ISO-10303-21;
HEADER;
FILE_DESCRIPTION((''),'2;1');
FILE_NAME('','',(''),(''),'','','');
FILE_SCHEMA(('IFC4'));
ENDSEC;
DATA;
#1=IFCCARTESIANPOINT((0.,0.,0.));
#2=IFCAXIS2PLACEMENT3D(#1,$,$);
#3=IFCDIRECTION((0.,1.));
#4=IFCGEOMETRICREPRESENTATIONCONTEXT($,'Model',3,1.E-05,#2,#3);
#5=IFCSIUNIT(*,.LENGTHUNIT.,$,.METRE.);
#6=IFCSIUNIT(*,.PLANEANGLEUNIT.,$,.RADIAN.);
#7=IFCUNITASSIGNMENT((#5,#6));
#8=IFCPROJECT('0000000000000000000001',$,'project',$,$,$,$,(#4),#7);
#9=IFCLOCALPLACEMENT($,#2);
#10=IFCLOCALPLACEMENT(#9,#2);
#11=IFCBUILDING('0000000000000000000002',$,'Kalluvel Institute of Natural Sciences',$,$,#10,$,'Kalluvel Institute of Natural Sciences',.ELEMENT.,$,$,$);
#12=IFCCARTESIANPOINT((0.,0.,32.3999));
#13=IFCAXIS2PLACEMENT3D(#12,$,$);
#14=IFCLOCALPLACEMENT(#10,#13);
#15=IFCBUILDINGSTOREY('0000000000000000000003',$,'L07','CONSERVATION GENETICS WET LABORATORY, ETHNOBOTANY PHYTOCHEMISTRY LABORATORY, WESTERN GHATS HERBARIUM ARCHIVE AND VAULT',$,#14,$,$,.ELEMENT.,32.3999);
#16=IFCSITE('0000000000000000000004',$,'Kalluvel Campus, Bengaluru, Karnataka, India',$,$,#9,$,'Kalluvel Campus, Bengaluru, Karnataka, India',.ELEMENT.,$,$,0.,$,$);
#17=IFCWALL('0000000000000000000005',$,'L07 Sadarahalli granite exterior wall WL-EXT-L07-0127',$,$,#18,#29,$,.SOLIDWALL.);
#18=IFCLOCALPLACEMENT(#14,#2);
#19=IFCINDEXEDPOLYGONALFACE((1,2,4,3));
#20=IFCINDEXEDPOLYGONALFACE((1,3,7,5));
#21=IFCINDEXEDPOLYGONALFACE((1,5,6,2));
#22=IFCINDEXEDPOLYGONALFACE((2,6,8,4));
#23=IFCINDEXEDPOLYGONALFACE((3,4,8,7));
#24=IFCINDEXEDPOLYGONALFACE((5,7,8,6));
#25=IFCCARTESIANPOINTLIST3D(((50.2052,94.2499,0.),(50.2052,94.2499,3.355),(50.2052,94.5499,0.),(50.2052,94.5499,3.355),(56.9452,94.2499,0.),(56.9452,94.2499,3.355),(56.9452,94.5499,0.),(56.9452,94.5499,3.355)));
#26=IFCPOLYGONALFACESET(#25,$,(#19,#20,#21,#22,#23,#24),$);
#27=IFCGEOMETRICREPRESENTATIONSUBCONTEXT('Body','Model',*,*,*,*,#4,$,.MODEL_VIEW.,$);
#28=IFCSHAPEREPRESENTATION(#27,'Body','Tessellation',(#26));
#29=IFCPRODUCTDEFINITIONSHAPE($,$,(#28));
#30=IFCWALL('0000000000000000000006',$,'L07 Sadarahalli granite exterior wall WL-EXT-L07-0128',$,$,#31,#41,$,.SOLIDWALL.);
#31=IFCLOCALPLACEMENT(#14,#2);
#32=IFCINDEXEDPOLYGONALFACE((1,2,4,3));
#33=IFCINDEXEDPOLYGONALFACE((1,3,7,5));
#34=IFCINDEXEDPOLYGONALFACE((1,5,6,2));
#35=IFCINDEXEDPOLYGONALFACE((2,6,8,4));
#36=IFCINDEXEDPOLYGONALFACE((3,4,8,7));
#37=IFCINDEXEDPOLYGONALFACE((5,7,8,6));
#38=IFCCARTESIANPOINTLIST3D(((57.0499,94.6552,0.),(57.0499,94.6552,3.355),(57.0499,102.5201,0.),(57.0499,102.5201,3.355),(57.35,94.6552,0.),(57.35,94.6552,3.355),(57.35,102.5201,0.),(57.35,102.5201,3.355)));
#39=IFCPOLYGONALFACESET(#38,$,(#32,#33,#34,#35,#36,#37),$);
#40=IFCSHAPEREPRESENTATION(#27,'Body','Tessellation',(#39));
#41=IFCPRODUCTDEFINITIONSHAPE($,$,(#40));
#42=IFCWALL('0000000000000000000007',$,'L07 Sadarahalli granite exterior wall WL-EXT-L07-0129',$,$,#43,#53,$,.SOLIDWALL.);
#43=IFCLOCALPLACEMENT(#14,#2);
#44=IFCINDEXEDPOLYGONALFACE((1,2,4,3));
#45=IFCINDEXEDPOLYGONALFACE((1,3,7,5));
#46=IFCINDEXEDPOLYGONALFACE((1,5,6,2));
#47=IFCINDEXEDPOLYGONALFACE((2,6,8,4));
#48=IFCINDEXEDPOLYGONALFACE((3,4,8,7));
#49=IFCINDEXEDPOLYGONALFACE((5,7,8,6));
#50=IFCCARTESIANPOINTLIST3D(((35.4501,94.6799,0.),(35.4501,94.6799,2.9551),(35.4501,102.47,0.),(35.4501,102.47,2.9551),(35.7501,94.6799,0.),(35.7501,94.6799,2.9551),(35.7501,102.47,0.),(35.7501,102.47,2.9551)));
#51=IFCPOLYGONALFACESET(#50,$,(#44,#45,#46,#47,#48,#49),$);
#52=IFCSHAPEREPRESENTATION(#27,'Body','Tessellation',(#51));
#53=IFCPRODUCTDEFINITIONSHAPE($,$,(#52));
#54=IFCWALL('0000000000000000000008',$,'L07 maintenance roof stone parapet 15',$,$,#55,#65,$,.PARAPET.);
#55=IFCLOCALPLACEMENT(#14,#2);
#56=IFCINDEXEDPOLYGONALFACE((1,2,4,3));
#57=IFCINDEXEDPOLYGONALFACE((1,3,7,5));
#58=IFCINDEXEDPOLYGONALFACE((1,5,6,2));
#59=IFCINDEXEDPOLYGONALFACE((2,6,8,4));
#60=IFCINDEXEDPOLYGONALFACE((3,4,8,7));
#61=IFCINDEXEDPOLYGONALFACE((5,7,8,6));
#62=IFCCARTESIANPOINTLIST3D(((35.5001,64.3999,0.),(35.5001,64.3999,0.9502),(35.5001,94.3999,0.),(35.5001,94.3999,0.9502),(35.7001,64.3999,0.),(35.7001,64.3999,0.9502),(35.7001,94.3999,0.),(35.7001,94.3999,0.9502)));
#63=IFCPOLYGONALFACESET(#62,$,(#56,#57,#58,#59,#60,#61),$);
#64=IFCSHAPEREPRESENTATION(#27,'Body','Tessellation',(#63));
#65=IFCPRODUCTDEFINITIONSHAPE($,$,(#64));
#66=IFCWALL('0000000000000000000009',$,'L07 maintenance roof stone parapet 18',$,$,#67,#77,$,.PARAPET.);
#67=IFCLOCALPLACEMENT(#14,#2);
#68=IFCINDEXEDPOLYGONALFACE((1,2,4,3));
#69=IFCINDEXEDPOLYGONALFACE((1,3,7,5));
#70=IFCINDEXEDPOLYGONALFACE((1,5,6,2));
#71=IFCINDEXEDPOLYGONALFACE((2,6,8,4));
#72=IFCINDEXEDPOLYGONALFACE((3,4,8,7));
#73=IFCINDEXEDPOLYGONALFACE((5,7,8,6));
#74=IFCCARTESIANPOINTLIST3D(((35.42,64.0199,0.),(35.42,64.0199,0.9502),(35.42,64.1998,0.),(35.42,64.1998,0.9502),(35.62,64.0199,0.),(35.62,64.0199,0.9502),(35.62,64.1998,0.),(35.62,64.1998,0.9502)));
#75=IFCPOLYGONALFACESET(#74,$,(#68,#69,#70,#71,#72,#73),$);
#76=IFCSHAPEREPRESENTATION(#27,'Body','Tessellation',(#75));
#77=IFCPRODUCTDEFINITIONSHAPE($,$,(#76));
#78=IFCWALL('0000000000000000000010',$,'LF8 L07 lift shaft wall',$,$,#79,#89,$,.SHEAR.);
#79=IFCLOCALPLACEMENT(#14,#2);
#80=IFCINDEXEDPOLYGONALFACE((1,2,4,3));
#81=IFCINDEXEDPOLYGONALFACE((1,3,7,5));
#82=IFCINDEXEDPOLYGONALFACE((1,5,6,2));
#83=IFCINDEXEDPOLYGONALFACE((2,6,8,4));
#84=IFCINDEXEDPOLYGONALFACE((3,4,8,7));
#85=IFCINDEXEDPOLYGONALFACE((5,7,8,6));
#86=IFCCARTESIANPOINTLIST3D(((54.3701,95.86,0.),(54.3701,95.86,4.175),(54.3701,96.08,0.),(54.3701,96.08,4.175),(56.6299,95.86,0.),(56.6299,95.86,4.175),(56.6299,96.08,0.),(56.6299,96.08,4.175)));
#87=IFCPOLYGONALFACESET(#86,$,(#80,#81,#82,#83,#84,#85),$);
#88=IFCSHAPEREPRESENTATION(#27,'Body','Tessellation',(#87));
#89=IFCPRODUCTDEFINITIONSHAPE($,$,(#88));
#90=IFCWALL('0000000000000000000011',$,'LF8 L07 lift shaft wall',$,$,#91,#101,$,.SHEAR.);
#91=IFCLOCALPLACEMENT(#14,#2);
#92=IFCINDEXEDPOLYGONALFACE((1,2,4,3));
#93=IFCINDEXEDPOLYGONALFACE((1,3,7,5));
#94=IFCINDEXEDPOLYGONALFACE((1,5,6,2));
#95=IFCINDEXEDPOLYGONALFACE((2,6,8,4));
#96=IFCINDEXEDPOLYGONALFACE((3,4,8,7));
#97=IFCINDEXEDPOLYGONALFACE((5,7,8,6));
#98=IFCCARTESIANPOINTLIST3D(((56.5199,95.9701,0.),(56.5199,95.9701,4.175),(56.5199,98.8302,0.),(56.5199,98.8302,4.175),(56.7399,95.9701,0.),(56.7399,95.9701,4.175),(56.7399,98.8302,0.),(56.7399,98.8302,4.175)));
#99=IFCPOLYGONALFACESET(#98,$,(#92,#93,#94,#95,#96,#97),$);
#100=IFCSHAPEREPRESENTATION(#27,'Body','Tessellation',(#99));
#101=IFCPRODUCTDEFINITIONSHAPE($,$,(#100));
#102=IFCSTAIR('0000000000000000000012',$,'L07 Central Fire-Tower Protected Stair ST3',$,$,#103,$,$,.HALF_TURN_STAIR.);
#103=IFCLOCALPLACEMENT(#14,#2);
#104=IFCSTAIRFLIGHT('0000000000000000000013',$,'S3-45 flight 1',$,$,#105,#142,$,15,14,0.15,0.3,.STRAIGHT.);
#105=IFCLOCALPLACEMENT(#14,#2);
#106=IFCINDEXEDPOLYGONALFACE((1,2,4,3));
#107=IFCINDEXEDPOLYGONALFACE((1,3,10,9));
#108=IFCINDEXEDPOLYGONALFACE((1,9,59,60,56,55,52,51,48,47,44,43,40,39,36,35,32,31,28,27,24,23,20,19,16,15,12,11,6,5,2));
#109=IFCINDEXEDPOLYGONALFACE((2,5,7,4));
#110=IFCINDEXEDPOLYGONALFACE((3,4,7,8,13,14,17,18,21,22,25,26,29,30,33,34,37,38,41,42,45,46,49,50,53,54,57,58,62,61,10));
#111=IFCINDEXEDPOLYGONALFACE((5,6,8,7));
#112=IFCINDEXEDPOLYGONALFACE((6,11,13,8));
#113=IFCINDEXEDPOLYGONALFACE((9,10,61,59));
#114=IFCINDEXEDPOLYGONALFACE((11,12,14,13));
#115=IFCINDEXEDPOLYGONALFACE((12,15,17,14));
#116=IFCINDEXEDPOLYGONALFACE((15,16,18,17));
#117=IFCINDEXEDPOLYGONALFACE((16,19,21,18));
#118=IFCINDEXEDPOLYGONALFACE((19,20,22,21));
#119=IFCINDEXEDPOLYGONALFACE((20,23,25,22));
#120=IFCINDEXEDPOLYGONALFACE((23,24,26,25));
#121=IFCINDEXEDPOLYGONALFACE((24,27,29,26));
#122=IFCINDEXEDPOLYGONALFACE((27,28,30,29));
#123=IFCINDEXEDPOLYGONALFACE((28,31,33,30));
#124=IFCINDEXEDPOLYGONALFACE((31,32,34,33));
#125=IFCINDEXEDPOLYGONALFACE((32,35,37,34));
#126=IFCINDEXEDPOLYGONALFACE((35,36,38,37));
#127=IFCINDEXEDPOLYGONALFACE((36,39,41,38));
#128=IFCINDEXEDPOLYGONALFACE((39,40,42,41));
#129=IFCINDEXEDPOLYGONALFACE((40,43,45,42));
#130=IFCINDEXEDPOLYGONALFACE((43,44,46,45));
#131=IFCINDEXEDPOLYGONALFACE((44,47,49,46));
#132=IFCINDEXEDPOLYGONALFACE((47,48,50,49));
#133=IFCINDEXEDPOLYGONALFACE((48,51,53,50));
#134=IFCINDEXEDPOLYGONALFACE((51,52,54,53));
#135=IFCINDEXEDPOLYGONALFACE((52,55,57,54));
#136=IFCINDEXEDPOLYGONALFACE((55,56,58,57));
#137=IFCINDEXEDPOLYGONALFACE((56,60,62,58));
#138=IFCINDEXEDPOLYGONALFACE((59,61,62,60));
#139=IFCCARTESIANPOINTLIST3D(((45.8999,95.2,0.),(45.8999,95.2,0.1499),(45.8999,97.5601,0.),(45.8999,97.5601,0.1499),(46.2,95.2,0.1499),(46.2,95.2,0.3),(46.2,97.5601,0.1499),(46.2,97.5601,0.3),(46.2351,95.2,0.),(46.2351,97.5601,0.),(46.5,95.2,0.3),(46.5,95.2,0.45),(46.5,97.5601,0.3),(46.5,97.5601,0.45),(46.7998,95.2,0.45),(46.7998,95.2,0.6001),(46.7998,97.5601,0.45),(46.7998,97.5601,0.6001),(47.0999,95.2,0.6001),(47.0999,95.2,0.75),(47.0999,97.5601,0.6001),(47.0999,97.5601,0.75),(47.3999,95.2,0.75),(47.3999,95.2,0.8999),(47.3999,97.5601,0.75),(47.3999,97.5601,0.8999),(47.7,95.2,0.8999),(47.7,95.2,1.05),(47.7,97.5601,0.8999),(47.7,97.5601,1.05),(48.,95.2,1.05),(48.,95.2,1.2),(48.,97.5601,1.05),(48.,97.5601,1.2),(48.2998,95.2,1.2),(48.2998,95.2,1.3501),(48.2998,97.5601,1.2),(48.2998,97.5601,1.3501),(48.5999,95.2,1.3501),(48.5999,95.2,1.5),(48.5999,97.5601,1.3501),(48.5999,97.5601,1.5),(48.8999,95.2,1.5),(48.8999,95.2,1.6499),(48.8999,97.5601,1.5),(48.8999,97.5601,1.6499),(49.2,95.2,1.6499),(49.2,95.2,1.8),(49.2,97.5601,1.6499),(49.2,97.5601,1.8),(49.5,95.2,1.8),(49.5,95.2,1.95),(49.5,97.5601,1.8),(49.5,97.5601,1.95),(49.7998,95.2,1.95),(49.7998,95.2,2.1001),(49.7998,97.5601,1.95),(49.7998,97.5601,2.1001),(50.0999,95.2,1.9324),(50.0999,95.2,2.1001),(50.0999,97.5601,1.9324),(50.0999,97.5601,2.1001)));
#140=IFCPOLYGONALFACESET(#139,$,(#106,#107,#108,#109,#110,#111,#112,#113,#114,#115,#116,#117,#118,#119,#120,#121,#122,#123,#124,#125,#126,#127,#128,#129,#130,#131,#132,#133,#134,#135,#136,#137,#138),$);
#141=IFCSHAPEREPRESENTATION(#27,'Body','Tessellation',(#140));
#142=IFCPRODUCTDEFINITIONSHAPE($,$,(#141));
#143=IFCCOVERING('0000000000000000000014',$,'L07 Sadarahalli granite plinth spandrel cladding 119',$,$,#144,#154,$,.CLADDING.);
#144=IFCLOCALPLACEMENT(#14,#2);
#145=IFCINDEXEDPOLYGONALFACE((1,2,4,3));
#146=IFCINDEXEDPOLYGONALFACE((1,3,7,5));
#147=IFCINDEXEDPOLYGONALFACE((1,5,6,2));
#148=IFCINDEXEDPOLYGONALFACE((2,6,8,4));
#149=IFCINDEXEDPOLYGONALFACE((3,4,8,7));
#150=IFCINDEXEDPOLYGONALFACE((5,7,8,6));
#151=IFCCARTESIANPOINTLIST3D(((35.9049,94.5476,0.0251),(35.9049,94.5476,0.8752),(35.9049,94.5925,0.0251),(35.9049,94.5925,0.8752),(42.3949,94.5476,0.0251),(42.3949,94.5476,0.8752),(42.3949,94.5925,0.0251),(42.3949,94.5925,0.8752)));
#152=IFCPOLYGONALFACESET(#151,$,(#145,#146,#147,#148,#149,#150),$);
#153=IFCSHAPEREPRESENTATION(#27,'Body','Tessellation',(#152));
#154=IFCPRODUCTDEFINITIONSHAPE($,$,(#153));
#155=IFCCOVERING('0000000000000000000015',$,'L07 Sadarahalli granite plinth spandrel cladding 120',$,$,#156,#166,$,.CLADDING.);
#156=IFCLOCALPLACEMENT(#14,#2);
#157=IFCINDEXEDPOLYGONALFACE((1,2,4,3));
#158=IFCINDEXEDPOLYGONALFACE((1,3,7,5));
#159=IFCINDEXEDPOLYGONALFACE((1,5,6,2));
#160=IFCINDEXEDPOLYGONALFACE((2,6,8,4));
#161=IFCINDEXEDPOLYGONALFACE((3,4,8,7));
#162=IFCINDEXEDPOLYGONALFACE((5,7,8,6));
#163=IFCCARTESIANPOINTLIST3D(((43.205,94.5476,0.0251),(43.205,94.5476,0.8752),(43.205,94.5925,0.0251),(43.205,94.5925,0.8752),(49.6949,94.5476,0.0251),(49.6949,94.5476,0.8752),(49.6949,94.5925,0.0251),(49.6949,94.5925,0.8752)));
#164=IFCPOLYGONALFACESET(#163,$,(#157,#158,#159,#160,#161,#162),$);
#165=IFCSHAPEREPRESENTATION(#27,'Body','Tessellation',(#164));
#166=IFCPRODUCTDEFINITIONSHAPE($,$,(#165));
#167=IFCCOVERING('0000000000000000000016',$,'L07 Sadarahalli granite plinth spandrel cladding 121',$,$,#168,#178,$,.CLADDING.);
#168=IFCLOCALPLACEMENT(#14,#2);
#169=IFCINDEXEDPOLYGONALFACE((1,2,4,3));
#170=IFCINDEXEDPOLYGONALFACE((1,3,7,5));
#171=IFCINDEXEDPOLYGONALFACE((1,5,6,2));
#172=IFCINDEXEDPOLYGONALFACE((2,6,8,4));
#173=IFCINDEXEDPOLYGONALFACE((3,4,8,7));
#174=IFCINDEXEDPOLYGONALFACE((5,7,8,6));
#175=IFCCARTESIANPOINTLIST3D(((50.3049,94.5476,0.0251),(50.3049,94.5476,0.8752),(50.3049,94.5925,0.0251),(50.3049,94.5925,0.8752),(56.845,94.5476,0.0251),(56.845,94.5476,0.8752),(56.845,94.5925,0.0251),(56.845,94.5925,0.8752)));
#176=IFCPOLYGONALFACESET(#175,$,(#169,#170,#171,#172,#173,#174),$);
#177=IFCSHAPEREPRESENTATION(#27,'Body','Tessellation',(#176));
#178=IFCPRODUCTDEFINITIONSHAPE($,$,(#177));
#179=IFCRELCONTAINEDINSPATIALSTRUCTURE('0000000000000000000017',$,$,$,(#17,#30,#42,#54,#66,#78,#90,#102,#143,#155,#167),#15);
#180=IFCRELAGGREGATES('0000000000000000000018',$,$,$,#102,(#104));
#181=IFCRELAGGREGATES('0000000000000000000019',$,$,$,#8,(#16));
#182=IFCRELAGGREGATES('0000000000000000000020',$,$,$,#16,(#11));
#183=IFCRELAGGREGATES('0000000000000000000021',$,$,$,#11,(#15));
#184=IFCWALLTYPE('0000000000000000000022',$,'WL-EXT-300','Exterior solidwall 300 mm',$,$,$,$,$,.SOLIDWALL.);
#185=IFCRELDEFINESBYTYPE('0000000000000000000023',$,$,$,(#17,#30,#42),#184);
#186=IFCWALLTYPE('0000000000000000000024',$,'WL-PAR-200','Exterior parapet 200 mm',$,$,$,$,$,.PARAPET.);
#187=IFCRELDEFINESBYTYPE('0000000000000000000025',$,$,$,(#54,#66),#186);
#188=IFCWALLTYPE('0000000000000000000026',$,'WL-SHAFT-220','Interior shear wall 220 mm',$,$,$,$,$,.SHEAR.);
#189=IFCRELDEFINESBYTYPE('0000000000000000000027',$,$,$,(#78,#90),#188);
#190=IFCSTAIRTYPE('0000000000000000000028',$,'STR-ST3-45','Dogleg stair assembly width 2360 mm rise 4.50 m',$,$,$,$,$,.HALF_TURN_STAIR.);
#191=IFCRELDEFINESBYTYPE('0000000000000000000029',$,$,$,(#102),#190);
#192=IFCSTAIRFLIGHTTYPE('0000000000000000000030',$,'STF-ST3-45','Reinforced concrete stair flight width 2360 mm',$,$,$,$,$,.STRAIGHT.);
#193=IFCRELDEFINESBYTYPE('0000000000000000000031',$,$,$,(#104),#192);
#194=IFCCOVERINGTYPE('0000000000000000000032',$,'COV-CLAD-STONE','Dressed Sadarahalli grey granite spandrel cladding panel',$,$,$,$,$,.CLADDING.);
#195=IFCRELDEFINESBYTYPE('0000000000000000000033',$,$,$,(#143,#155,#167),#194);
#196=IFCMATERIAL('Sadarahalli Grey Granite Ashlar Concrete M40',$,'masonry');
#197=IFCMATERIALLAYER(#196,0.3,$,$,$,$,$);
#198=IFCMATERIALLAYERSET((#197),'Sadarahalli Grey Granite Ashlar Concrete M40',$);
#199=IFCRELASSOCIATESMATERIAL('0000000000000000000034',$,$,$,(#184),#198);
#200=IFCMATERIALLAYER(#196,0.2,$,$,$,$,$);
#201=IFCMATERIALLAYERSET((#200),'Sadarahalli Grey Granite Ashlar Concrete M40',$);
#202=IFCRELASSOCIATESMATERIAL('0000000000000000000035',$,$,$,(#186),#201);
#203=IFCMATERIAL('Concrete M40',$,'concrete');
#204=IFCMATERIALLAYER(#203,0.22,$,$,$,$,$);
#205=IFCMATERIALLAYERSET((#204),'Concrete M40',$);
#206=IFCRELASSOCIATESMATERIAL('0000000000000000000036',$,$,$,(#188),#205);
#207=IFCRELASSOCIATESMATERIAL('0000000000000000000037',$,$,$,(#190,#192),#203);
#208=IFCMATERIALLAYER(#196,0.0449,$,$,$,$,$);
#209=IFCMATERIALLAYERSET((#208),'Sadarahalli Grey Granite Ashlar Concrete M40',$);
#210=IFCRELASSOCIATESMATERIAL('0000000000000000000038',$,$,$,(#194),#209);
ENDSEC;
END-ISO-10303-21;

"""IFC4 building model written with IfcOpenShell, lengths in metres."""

from ifc_helpers import new_model, si_unit, direction, frame, frame_2d, origin, origin_2d, place, context, subcontext, project, spatial, polyline, rectangle, outline, extrude, material, layer, layer_set, type_object, element, aggregate, save


model = new_model("IFC4")

# Units and contexts
model_context = context("Model", 3, precision=1e-05, world=origin(), true_north=direction((0.0, 1.0)))
body_context = subcontext(model_context, "Body", "Model", "MODEL_VIEW")
ifc_project = project(units=[si_unit("LENGTHUNIT", "METRE"), si_unit("PLANEANGLEUNIT", "RADIAN")], contexts=[model_context])

# Site, building, storey
site_placement = place(None, origin())
site = spatial("IfcSite", under=ifc_project, at=site_placement, Name="Kalluvel Campus, Bengaluru, Karnataka, India", LongName="Kalluvel Campus, Bengaluru, Karnataka, India", CompositionType="ELEMENT", RefElevation=0.0)
building_placement = place(site_placement, origin())
building = spatial("IfcBuilding", under=site, at=building_placement, Name="Kalluvel Institute of Natural Sciences", LongName="Kalluvel Institute of Natural Sciences", CompositionType="ELEMENT")
storey_placement = place(building_placement, frame((0.0, 0.0, 32.3999)))
storey = spatial("IfcBuildingStorey", under=building, at=storey_placement, Name="L07", Description="CONSERVATION GENETICS WET LABORATORY, ETHNOBOTANY PHYTOCHEMISTRY LABORATORY, WESTERN GHATS HERBARIUM ARCHIVE AND VAULT", CompositionType="ELEMENT", Elevation=32.3999)

# Shared definitions
ifc_material_1 = material(Name="Concrete M40", Category="concrete")

# Walls
ifc_material_2 = material(Name="Sadarahalli Grey Granite Ashlar Concrete M40", Category="masonry")
ifc_layer_1 = layer(ifc_material_2, 0.3)
ifc_layer_set_1 = layer_set([ifc_layer_1], Name="Sadarahalli Grey Granite Ashlar Concrete M40")
wall_type_1 = type_object("IfcWallType", Name="WL-EXT-300", Description="Exterior solidwall 300 mm", PredefinedType="SOLIDWALL", material=ifc_layer_set_1)
wall_1_placement = place(storey_placement, frame((50.2051, 94.3999, 0.0), z_axis=(0.0, 0.0, 1.0), x_axis=(1.0, 0.0, 0.0)))
element("IfcWall", 1, at=wall_1_placement, inside=storey, type_object=wall_type_1, Name="L07 Sadarahalli granite exterior wall WL-EXT-L07-0127", PredefinedType="SOLIDWALL", context=body_context, shape_type="SweptSolid", body=[
    extrude(rectangle(XDim=6.74, YDim=0.3, at=frame_2d((3.3701, 0.0))), origin(), (0.0, 0.0, 1.0), 3.355),
])
wall_2_placement = place(storey_placement, frame((57.2, 94.655, 0.0), z_axis=(0.0, 0.0, 1.0), x_axis=(0.0, 1.0, 0.0)))
element("IfcWall", 2, at=wall_2_placement, inside=storey, type_object=wall_type_1, Name="L07 Sadarahalli granite exterior wall WL-EXT-L07-0128", PredefinedType="SOLIDWALL", context=body_context, shape_type="SweptSolid", body=[
    extrude(rectangle(XDim=7.865, YDim=0.3, at=frame_2d((3.9326, 0.0))), origin(), (0.0, 0.0, 1.0), 3.355),
])
wall_3_placement = place(storey_placement, frame((35.6001, 94.6799, 0.0), z_axis=(0.0, 0.0, 1.0), x_axis=(0.0, 1.0, 0.0)))
element("IfcWall", 3, at=wall_3_placement, inside=storey, type_object=wall_type_1, Name="L07 Sadarahalli granite exterior wall WL-EXT-L07-0129", PredefinedType="SOLIDWALL", context=body_context, shape_type="SweptSolid", body=[
    extrude(rectangle(XDim=7.79, YDim=0.3, at=frame_2d((3.895, 0.0))), origin(), (0.0, 0.0, 1.0), 2.9551),
])
ifc_layer_2 = layer(ifc_material_2, 0.2)
ifc_layer_set_2 = layer_set([ifc_layer_2], Name="Sadarahalli Grey Granite Ashlar Concrete M40")
wall_type_2 = type_object("IfcWallType", Name="WL-PAR-200", Description="Exterior parapet 200 mm", PredefinedType="PARAPET", material=ifc_layer_set_2)
wall_4_placement = place(storey_placement, frame((35.6001, 64.3999, 0.0), z_axis=(0.0, 0.0, 1.0), x_axis=(0.0, 1.0, 0.0)))
element("IfcWall", 4, at=wall_4_placement, inside=storey, type_object=wall_type_2, Name="L07 maintenance roof stone parapet 15", PredefinedType="PARAPET", context=body_context, shape_type="SweptSolid", body=[
    extrude(rectangle(XDim=30.0, YDim=0.2, at=frame_2d((15.0, 0.0))), origin(), (0.0, 0.0, 1.0), 0.9502),
])
wall_5_placement = place(storey_placement, frame((35.52, 64.02, 0.0), z_axis=(0.0, 0.0, 1.0), x_axis=(0.0, 1.0, 0.0)))
element("IfcWall", 5, at=wall_5_placement, inside=storey, type_object=wall_type_2, Name="L07 maintenance roof stone parapet 18", PredefinedType="PARAPET", context=body_context, shape_type="SweptSolid", body=[
    extrude(rectangle(XDim=0.1799, YDim=0.2, at=frame_2d((0.0898, 0.0))), origin(), (0.0, 0.0, 1.0), 0.9502),
])
ifc_layer_3 = layer(ifc_material_1, 0.22)
ifc_layer_set_3 = layer_set([ifc_layer_3], Name="Concrete M40")
wall_type_3 = type_object("IfcWallType", Name="WL-SHAFT-220", Description="Interior shear wall 220 mm", PredefinedType="SHEAR", material=ifc_layer_set_3)
wall_6_placement = place(storey_placement, frame((54.3701, 95.97, 0.0), z_axis=(0.0, 0.0, 1.0), x_axis=(1.0, 0.0, 0.0)))
element("IfcWall", 6, at=wall_6_placement, inside=storey, type_object=wall_type_3, Name="LF8 L07 lift shaft wall", PredefinedType="SHEAR", context=body_context, shape_type="SweptSolid", body=[
    extrude(rectangle(XDim=2.2598, YDim=0.22, at=frame_2d((1.1299, 0.0))), origin(), (0.0, 0.0, 1.0), 4.175),
])
wall_7_placement = place(storey_placement, frame((56.6299, 95.97, 0.0), z_axis=(0.0, 0.0, 1.0), x_axis=(0.0, 1.0, 0.0)))
element("IfcWall", 7, at=wall_7_placement, inside=storey, type_object=wall_type_3, Name="LF8 L07 lift shaft wall", PredefinedType="SHEAR", context=body_context, shape_type="SweptSolid", body=[
    extrude(rectangle(XDim=2.8601, YDim=0.22, at=frame_2d((1.4302, 0.0))), origin(), (0.0, 0.0, 1.0), 4.175),
])

# Stair, stair flight
stair_type = type_object("IfcStairType", Name="STR-ST3-45", Description="Dogleg stair assembly width 2360 mm rise 4.50 m", PredefinedType="HALF_TURN_STAIR", material=ifc_material_1)
stair_placement = place(storey_placement, origin())
stair = element("IfcStair", 8, at=stair_placement, inside=storey, type_object=stair_type, Name="L07 Central Fire-Tower Protected Stair ST3", PredefinedType="HALF_TURN_STAIR")
stair_flight_type = type_object("IfcStairFlightType", Name="STF-ST3-45", Description="Reinforced concrete stair flight width 2360 mm", PredefinedType="STRAIGHT", material=ifc_material_1)
stair_flight_placement = place(storey_placement, frame((45.8999, 96.3799, 0.0), z_axis=(0.0, 0.0, 1.0), x_axis=(1.0, 0.0, 0.0)))
stair_flight = element("IfcStairFlight", 9, at=stair_flight_placement, type_object=stair_flight_type, Name="S3-45 flight 1", NumberOfRisers=15, NumberOfTreads=14, PredefinedType="STRAIGHT", RiserHeight=0.15, TreadLength=0.3, context=body_context, shape_type="SweptSolid", body=[
    extrude(outline(polyline([(0.0, 0.0), (0.0, 0.1499), (0.3, 0.1499), (0.3, 0.3), (0.6001, 0.3), (0.6001, 0.45), (0.8999, 0.45), (0.8999, 0.6001), (1.2, 0.6001), (1.2, 0.75), (1.5, 0.75), (1.5, 0.8999), (1.8, 0.8999), (1.8, 1.05), (2.1001, 1.05), (2.1001, 1.2), (2.3999, 1.2), (2.3999, 1.3501), (2.7, 1.3501), (2.7, 1.5), (3.0, 1.5), (3.0, 1.6499), (3.3, 1.6499), (3.3, 1.8), (3.6001, 1.8), (3.6001, 1.95), (3.8999, 1.95), (3.8999, 2.1001), (4.2, 2.1001), (4.2, 2.25), (4.2, 1.9324), (0.3352, 0.0), (0.0, 0.0)])), frame((0.0, 1.1802, 0.0), z_axis=(0.0, -1.0, 0.0), x_axis=(1.0, 0.0, 0.0)), (0.0, 0.0, 1.0), 2.3601),
])
aggregate(stair, [stair_flight])

# Coverings
ifc_layer_4 = layer(ifc_material_2, 0.0449)
ifc_layer_set_4 = layer_set([ifc_layer_4], Name="Sadarahalli Grey Granite Ashlar Concrete M40")
covering_type = type_object("IfcCoveringType", Name="COV-CLAD-STONE", Description="Dressed Sadarahalli grey granite spandrel cladding panel", PredefinedType="CLADDING", material=ifc_layer_set_4)
for number, where, z_axis, x_axis, name in (
    (10, (39.1499, 94.5701, 0.0251), (0.0, 0.0, 1.0), (1.0, 0.0, 0.0), "L07 Sadarahalli granite plinth spandrel cladding 119"),
    (11, (46.45, 94.5701, 0.0251), (0.0, 0.0, 1.0), (1.0, 0.0, 0.0), "L07 Sadarahalli granite plinth spandrel cladding 120"),
):
    element("IfcCovering", number, at=place(storey_placement, frame(where, z_axis=z_axis, x_axis=x_axis)), inside=storey, type_object=covering_type, Name=name, PredefinedType="CLADDING", context=body_context, shape_type="SweptSolid", body=[
        extrude(rectangle(XDim=6.49, YDim=0.0449, at=origin_2d()), origin(), (0.0, 0.0, 1.0), 0.8501),
    ])
covering_placement = place(storey_placement, frame((53.575, 94.5701, 0.0251), z_axis=(0.0, 0.0, 1.0), x_axis=(1.0, 0.0, 0.0)))
element("IfcCovering", 12, at=covering_placement, inside=storey, type_object=covering_type, Name="L07 Sadarahalli granite plinth spandrel cladding 121", PredefinedType="CLADDING", context=body_context, shape_type="SweptSolid", body=[
    extrude(rectangle(XDim=6.54, YDim=0.0449, at=origin_2d()), origin(), (0.0, 0.0, 1.0), 0.8501),
])

save(model, "model.ifc")
